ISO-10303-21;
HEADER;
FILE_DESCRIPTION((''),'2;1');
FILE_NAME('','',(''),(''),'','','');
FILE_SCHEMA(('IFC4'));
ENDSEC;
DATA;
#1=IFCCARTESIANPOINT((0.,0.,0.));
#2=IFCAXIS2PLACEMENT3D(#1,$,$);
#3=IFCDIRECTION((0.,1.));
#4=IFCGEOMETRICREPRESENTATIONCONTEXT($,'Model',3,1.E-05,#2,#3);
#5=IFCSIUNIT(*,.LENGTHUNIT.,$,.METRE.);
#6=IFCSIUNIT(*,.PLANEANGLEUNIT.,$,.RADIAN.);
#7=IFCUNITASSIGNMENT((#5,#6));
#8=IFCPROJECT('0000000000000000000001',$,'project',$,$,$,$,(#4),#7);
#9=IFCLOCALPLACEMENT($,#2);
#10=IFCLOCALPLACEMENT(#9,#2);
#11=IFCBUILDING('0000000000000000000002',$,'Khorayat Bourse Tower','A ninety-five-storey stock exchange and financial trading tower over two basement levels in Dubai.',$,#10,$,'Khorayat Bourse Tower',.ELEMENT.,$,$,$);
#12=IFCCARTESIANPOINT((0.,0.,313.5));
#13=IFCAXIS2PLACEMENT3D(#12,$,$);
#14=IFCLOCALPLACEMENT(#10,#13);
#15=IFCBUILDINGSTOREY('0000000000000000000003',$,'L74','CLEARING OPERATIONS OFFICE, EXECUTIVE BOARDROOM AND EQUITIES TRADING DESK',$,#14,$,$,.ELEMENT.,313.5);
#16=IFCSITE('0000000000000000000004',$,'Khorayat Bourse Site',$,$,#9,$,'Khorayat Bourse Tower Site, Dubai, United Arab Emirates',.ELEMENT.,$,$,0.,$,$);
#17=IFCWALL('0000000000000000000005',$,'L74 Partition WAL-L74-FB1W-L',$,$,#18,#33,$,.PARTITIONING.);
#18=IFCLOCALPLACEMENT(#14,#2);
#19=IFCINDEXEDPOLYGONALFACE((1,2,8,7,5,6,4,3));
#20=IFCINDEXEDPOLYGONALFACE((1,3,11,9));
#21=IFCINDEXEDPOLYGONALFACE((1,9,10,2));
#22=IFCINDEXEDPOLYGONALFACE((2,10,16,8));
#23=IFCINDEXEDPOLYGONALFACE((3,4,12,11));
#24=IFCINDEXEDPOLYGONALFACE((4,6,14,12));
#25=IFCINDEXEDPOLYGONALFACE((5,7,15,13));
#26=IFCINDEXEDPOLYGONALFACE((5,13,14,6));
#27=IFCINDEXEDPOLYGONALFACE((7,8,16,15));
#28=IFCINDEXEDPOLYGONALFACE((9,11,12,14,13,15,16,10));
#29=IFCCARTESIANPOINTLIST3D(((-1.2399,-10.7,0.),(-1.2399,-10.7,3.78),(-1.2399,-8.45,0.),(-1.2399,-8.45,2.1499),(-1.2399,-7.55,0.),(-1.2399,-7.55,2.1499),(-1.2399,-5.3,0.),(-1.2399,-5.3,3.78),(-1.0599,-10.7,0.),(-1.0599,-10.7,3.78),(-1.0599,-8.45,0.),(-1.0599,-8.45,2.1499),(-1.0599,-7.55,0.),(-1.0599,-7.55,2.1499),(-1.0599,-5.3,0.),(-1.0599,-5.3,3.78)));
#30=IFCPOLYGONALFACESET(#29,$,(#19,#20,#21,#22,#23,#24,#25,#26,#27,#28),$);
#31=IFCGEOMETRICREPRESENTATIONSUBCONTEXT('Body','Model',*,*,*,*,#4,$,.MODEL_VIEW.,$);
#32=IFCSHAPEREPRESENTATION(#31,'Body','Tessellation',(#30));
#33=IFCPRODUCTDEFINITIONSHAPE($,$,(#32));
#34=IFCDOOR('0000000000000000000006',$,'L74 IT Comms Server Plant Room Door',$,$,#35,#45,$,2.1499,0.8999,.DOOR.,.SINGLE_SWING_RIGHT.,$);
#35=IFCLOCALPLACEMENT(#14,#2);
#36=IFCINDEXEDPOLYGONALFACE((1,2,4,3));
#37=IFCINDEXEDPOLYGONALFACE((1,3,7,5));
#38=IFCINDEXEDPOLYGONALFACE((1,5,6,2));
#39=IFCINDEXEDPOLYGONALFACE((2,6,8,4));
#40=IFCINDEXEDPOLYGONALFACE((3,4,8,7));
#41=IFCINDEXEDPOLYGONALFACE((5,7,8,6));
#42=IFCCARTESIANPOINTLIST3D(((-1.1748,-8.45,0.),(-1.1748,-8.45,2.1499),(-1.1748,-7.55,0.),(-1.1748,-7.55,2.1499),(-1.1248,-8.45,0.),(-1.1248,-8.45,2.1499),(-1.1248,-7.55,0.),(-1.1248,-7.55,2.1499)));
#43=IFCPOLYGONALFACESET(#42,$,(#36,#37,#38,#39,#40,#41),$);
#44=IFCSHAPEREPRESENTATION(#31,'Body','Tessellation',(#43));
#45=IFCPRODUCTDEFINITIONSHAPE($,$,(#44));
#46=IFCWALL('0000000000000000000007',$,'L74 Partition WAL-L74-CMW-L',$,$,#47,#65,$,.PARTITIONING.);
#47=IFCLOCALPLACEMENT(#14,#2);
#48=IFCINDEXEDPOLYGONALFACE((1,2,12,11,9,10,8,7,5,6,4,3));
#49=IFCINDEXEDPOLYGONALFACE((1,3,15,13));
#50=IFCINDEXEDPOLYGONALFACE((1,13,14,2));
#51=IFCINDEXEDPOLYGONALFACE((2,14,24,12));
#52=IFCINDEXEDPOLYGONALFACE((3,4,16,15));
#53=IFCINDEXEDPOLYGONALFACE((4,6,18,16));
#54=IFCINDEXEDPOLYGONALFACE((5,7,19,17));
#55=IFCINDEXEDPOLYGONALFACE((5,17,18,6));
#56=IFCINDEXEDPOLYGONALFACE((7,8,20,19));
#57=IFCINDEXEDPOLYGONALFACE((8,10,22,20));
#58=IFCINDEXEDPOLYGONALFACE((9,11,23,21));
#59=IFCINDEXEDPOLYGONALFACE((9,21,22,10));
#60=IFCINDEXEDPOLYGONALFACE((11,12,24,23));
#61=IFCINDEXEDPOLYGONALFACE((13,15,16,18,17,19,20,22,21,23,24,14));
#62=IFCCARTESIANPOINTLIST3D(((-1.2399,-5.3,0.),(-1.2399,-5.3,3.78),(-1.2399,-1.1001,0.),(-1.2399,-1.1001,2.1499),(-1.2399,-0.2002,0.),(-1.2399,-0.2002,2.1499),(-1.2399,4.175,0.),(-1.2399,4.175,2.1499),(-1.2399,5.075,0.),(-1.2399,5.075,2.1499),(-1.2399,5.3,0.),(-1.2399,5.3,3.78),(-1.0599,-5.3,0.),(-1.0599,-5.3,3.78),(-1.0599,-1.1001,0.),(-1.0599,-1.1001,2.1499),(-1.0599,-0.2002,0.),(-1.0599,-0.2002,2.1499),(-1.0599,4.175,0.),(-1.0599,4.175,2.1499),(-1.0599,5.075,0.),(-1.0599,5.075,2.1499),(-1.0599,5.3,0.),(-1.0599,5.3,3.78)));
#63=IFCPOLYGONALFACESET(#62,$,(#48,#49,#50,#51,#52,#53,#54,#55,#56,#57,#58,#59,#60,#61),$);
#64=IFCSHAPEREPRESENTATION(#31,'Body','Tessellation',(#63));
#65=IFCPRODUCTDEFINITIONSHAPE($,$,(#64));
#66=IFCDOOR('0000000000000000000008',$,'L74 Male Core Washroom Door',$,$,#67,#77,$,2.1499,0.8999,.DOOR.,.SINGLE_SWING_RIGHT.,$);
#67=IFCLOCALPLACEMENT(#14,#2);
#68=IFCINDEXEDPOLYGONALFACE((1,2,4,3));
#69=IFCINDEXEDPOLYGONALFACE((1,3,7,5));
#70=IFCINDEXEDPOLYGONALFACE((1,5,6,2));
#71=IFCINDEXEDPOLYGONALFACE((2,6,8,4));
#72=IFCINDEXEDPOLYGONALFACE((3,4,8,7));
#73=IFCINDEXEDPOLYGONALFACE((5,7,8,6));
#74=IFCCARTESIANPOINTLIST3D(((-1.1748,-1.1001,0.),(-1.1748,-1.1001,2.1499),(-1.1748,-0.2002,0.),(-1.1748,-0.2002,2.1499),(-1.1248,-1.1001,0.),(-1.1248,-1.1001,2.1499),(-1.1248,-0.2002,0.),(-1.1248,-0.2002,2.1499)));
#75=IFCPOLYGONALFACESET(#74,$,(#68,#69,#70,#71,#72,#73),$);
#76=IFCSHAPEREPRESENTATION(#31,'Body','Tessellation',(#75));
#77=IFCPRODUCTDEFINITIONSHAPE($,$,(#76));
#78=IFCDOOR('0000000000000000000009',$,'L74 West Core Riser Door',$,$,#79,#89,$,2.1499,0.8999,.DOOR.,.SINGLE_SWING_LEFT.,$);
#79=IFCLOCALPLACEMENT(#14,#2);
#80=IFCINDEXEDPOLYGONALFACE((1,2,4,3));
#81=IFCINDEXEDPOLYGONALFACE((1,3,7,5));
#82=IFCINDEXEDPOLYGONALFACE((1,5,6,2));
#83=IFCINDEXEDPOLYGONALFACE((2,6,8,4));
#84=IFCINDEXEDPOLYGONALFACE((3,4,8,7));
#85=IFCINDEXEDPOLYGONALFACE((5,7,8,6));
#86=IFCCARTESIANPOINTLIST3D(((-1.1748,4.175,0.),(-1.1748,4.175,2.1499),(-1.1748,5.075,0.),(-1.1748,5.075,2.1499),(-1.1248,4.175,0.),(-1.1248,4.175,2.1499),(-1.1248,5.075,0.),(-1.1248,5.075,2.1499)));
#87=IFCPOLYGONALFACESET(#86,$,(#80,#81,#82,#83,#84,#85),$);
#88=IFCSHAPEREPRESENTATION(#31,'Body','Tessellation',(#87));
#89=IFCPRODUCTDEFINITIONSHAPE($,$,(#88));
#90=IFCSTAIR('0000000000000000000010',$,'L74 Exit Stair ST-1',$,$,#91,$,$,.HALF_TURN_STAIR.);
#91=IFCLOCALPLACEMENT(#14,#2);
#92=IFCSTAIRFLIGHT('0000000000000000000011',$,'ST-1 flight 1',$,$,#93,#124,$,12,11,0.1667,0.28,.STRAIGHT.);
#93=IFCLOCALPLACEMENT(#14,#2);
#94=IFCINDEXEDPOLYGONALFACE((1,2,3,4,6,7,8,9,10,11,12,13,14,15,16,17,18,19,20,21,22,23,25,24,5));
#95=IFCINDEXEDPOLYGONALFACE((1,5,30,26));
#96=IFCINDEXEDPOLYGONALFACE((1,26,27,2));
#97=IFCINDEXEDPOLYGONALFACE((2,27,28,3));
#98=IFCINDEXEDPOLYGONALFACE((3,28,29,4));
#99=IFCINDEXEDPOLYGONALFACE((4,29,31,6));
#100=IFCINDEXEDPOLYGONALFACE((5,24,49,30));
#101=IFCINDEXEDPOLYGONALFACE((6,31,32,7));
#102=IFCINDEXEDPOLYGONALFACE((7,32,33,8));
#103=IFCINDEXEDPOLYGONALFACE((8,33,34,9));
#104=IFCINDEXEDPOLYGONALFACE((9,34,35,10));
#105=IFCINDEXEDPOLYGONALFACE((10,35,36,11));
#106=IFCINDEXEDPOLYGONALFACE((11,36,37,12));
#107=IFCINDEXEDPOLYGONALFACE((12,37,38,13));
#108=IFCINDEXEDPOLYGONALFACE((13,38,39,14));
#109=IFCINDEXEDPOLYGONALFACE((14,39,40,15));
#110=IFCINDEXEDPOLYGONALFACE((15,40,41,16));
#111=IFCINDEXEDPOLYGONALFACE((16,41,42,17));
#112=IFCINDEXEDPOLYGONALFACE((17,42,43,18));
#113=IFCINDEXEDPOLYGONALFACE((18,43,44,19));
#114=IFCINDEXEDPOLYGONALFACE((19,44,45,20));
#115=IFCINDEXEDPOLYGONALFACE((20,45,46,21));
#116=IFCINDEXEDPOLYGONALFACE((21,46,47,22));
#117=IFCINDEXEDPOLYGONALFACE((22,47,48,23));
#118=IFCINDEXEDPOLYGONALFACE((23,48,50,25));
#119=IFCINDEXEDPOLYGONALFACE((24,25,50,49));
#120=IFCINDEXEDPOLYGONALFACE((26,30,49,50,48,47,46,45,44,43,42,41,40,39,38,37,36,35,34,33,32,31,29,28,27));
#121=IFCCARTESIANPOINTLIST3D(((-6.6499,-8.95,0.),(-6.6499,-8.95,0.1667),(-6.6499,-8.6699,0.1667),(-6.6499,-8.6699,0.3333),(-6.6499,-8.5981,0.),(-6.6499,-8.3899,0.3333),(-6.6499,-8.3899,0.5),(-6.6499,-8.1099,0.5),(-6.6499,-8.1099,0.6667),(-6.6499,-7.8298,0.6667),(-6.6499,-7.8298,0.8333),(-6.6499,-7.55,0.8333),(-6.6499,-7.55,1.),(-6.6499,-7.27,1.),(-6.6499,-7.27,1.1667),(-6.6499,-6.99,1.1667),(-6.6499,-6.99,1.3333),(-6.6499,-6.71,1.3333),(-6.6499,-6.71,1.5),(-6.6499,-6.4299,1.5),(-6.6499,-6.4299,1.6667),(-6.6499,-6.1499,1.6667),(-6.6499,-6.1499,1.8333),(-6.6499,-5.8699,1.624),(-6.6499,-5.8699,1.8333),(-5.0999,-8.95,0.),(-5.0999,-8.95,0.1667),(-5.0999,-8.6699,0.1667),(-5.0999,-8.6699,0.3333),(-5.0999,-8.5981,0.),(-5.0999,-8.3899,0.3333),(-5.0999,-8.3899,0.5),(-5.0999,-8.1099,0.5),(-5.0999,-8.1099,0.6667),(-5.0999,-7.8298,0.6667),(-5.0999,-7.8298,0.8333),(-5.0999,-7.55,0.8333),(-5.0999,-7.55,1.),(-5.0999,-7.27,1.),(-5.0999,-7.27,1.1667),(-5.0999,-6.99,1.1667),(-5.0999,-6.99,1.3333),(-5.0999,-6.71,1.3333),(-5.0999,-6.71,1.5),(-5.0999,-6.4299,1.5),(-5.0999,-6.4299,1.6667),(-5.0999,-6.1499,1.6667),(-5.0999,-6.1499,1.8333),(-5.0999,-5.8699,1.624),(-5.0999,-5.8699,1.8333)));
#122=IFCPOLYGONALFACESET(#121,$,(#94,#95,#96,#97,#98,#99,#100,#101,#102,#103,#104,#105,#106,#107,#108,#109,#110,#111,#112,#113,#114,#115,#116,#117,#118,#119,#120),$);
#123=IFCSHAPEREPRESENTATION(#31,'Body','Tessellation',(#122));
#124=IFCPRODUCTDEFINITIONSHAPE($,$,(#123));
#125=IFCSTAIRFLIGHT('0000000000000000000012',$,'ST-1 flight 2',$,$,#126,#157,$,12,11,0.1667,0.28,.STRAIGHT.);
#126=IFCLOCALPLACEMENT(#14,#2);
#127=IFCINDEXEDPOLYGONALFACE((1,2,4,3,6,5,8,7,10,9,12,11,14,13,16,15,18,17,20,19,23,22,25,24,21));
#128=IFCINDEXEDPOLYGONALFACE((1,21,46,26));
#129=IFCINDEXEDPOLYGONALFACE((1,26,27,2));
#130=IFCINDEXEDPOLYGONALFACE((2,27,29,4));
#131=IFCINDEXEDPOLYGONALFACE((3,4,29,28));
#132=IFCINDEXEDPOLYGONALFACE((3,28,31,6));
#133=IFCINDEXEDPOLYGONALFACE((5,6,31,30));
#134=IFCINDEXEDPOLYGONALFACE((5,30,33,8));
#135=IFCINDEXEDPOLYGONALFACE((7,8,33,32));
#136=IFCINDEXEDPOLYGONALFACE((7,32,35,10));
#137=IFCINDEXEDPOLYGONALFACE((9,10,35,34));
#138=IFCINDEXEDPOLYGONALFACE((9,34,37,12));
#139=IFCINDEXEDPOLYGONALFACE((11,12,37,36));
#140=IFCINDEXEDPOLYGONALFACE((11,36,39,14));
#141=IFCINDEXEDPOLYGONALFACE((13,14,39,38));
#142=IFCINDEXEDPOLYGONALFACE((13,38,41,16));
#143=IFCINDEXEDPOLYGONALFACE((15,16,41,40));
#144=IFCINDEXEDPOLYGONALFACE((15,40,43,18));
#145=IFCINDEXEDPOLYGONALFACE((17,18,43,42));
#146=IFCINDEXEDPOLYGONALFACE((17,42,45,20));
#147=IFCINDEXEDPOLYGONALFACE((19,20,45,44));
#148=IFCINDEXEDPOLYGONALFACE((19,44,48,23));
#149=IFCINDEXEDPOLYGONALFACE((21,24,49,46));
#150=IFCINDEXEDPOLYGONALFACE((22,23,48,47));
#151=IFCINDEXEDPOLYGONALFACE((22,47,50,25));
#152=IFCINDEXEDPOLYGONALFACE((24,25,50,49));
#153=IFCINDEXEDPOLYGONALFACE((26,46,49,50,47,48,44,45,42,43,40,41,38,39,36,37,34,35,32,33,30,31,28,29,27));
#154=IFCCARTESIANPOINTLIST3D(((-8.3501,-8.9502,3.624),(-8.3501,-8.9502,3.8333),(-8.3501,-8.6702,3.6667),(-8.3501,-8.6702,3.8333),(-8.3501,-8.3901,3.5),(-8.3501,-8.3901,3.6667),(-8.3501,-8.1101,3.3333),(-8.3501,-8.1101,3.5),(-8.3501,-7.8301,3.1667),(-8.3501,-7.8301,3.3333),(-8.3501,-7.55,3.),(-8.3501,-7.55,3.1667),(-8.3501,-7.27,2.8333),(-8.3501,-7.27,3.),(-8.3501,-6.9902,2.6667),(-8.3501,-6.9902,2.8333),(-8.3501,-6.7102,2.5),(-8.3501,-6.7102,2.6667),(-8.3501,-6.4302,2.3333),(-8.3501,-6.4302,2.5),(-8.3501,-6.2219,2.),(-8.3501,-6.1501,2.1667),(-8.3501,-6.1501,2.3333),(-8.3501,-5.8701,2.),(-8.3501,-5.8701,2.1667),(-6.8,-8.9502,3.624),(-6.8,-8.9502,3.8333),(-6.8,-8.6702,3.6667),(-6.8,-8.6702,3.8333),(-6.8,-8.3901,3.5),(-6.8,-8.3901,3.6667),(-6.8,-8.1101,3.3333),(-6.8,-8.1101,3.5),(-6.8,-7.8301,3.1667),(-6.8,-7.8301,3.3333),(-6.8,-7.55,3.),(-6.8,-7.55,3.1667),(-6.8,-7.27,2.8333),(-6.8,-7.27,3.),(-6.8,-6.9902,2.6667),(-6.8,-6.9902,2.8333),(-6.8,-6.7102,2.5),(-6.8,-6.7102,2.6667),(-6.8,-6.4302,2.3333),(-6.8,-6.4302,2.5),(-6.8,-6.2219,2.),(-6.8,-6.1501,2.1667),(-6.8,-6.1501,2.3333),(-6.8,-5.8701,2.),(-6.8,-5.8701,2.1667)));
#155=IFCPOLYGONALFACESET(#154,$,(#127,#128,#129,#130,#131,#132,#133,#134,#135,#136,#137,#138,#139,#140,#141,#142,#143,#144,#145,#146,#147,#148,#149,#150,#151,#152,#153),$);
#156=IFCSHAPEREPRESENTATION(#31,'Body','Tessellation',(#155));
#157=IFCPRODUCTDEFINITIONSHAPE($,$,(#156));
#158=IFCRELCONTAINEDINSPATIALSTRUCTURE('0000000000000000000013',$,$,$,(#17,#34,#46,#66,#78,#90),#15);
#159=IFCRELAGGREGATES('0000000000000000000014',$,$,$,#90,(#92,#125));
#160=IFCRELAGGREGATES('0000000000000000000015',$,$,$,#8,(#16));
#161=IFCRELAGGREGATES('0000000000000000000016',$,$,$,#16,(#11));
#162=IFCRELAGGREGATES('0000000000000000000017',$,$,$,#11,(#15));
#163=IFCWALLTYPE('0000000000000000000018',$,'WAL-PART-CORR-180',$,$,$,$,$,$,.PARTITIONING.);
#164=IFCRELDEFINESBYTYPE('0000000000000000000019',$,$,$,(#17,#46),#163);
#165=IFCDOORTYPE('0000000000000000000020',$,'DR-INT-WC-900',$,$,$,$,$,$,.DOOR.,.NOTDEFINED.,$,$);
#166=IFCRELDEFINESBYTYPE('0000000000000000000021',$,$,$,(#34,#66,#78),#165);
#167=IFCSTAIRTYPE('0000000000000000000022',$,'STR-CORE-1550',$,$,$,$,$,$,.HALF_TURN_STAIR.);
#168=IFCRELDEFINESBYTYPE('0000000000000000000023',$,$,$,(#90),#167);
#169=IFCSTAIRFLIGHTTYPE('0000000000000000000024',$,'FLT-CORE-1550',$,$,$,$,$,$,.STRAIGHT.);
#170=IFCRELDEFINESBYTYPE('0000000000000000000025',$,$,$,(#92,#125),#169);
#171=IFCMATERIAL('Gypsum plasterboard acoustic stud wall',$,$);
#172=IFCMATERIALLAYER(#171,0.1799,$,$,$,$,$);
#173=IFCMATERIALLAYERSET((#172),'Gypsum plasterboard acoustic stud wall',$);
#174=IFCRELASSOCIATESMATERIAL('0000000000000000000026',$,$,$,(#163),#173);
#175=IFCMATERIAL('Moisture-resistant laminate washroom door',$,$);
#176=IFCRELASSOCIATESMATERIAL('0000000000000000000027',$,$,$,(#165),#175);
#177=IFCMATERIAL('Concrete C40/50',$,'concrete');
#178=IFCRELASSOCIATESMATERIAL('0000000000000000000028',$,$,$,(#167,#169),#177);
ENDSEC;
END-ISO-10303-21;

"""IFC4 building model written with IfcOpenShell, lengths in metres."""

from ifc_helpers import new_model, si_unit, direction, frame, frame_2d, origin, place, context, subcontext, project, spatial, polyline, rectangle, outline, extrude, source, transform, mapped, material, layer, layer_set, type_object, element, fill, aggregate, save


model = new_model("IFC4")

# Units and contexts
model_context = context("Model", 3, precision=1e-05, world=origin(), true_north=direction((0.0, 1.0)))
body_context = subcontext(model_context, "Body", "Model", "MODEL_VIEW")
ifc_project = project(units=[si_unit("LENGTHUNIT", "METRE"), si_unit("PLANEANGLEUNIT", "RADIAN")], contexts=[model_context])

# Site, building, storey
site_placement = place(None, origin())
site = spatial("IfcSite", under=ifc_project, at=site_placement, Name="Khorayat Bourse Site", LongName="Khorayat Bourse Tower Site, Dubai, United Arab Emirates", CompositionType="ELEMENT", RefElevation=0.0)
building_placement = place(site_placement, origin())
building = spatial("IfcBuilding", under=site, at=building_placement, Name="Khorayat Bourse Tower", Description="A ninety-five-storey stock exchange and financial trading tower over two basement levels in Dubai.", LongName="Khorayat Bourse Tower", CompositionType="ELEMENT")
storey_placement = place(building_placement, frame((0.0, 0.0, 313.5)))
storey = spatial("IfcBuildingStorey", under=building, at=storey_placement, Name="L74", Description="CLEARING OPERATIONS OFFICE, EXECUTIVE BOARDROOM AND EQUITIES TRADING DESK", CompositionType="ELEMENT", Elevation=313.5)

# Shared definitions
ifc_material_1 = material(Name="Gypsum plasterboard acoustic stud wall")
ifc_layer_1 = layer(ifc_material_1, 0.1799)
ifc_layer_set_1 = layer_set([ifc_layer_1], Name="Gypsum plasterboard acoustic stud wall")
wall_type_1 = type_object("IfcWallType", Name="WAL-PART-CORR-180", PredefinedType="PARTITIONING", material=ifc_layer_set_1)

# Wall, opening, door
shared_shape_1 = source(origin(), body_context, "Body", "SweptSolid", [
    extrude(rectangle(XDim=5.3999, YDim=0.1799, at=frame_2d((2.7, 0.0))), origin(), (0.0, 0.0, 1.0), 3.78),
])
wall_1_placement = place(storey_placement, frame((-1.1499, -10.7, 0.0), z_axis=(0.0, 0.0, 1.0), x_axis=(0.0, 1.0, 0.0)))
wall_1 = element("IfcWall", 1, at=wall_1_placement, inside=storey, type_object=wall_type_1, Name="L74 Partition WAL-L74-FB1W-L", PredefinedType="PARTITIONING", context=body_context, shape_type="MappedRepresentation", body=[
    mapped(shared_shape_1, transform((0.0, 0.0, 0.0), scale=1.0)),
])
shared_shape_2 = source(origin(), body_context, "Body", "SweptSolid", [
    extrude(rectangle(XDim=0.8999, YDim=2.1499, at=frame_2d((0.45, 1.075))), frame((0.0, 0.0999, 0.0), z_axis=(0.0, -1.0, 0.0), x_axis=(1.0, 0.0, 0.0)), (0.0, 0.0, 1.0), 0.2),
])
opening_1_placement = place(wall_1_placement, frame((2.25, 0.0, 0.0)))
opening_1 = element("IfcOpeningElement", 2, at=opening_1_placement, cuts=wall_1, PredefinedType="OPENING", context=body_context, shape_type="MappedRepresentation", body=[
    mapped(shared_shape_2, transform((0.0, 0.0, 0.0), scale=1.0)),
])
ifc_material_2 = material(Name="Moisture-resistant laminate washroom door")
door_type_1 = type_object("IfcDoorType", Name="DR-INT-WC-900", OperationType="NOTDEFINED", PredefinedType="DOOR", material=ifc_material_2)
shared_shape_3 = source(origin(), body_context, "Body", "SweptSolid", [
    extrude(rectangle(XDim=0.8999, YDim=2.1499, at=frame_2d((0.45, 1.075))), frame((0.0, 0.0249, 0.0), z_axis=(0.0, -1.0, 0.0), x_axis=(1.0, 0.0, 0.0)), (0.0, 0.0, 1.0), 0.05),
])
door_1_placement = place(opening_1_placement, origin())
door_1 = element("IfcDoor", 3, at=door_1_placement, inside=storey, type_object=door_type_1, Name="L74 IT Comms Server Plant Room Door", OperationType="SINGLE_SWING_RIGHT", OverallHeight=2.1499, OverallWidth=0.8999, PredefinedType="DOOR", context=body_context, shape_type="MappedRepresentation", body=[
    mapped(shared_shape_3, transform((0.0, 0.0, 0.0), scale=1.0)),
])
fill(opening_1, door_1)

# Wall, openings, doors
shared_shape_4 = source(origin(), body_context, "Body", "SweptSolid", [
    extrude(rectangle(XDim=10.6001, YDim=0.1799, at=frame_2d((5.3, 0.0))), origin(), (0.0, 0.0, 1.0), 3.78),
])
wall_2_placement = place(storey_placement, frame((-1.1499, -5.3, 0.0), z_axis=(0.0, 0.0, 1.0), x_axis=(0.0, 1.0, 0.0)))
wall_2 = element("IfcWall", 4, at=wall_2_placement, inside=storey, type_object=wall_type_1, Name="L74 Partition WAL-L74-CMW-L", PredefinedType="PARTITIONING", context=body_context, shape_type="MappedRepresentation", body=[
    mapped(shared_shape_4, transform((0.0, 0.0, 0.0), scale=1.0)),
])
opening_2_placement = place(wall_2_placement, frame((4.2, 0.0, 0.0)))
opening_2 = element("IfcOpeningElement", 5, at=opening_2_placement, cuts=wall_2, PredefinedType="OPENING", context=body_context, shape_type="MappedRepresentation", body=[
    mapped(shared_shape_2, transform((0.0, 0.0, 0.0), scale=1.0)),
])
opening_3_placement = place(wall_2_placement, frame((9.4751, 0.0, 0.0)))
opening_3 = element("IfcOpeningElement", 6, at=opening_3_placement, cuts=wall_2, PredefinedType="OPENING", context=body_context, shape_type="MappedRepresentation", body=[
    mapped(shared_shape_2, transform((0.0, 0.0, 0.0), scale=1.0)),
])
door_2_placement = place(opening_2_placement, origin())
door_2 = element("IfcDoor", 7, at=door_2_placement, inside=storey, type_object=door_type_1, Name="L74 Male Core Washroom Door", OperationType="SINGLE_SWING_RIGHT", OverallHeight=2.1499, OverallWidth=0.8999, PredefinedType="DOOR", context=body_context, shape_type="MappedRepresentation", body=[
    mapped(shared_shape_3, transform((0.0, 0.0, 0.0), scale=1.0)),
])
fill(opening_2, door_2)
door_3_placement = place(opening_3_placement, origin())
door_3 = element("IfcDoor", 8, at=door_3_placement, inside=storey, type_object=door_type_1, Name="L74 West Core Riser Door", OperationType="SINGLE_SWING_LEFT", OverallHeight=2.1499, OverallWidth=0.8999, PredefinedType="DOOR", context=body_context, shape_type="MappedRepresentation", body=[
    mapped(shared_shape_3, transform((0.0, 0.0, 0.0), scale=1.0)),
])
fill(opening_3, door_3)

# Stair, stair flights
ifc_material_3 = material(Name="Concrete C40/50", Category="concrete")
stair_type = type_object("IfcStairType", Name="STR-CORE-1550", PredefinedType="HALF_TURN_STAIR", material=ifc_material_3)
stair_placement = place(storey_placement, origin())
stair = element("IfcStair", 9, at=stair_placement, inside=storey, type_object=stair_type, Name="L74 Exit Stair ST-1", PredefinedType="HALF_TURN_STAIR")
stair_flight_type = type_object("IfcStairFlightType", Name="FLT-CORE-1550", PredefinedType="STRAIGHT", material=ifc_material_3)
shared_shape_5 = source(origin(), body_context, "Body", "SweptSolid", [
    extrude(outline(polyline([(0.0, 0.0), (0.0, 0.1667), (0.28, 0.1667), (0.28, 0.3333), (0.5601, 0.3333), (0.5601, 0.5), (0.8401, 0.5), (0.8401, 0.6667), (1.1201, 0.6667), (1.1201, 0.8333), (1.3999, 0.8333), (1.3999, 1.0), (1.6799, 1.0), (1.6799, 1.1667), (1.96, 1.1667), (1.96, 1.3333), (2.24, 1.3333), (2.24, 1.5), (2.52, 1.5), (2.52, 1.6667), (2.8, 1.6667), (2.8, 1.8333), (3.0801, 1.8333), (3.0801, 2.0), (3.0801, 1.624), (0.3518, 0.0), (0.0, 0.0)])), frame((0.0, 0.7749, 0.0), z_axis=(0.0, -1.0, 0.0), x_axis=(1.0, 0.0, 0.0)), (0.0, 0.0, 1.0), 1.55),
])
stair_flight_1_placement = place(storey_placement, frame((-5.875, -8.95, 0.0), z_axis=(0.0, 0.0, 1.0), x_axis=(0.0, 1.0, 0.0)))
stair_flight_1 = element("IfcStairFlight", 10, at=stair_flight_1_placement, type_object=stair_flight_type, Name="ST-1 flight 1", NumberOfRisers=12, NumberOfTreads=11, PredefinedType="STRAIGHT", RiserHeight=0.1667, TreadLength=0.28, context=body_context, shape_type="MappedRepresentation", body=[
    mapped(shared_shape_5, transform((0.0, 0.0, 0.0), scale=1.0)),
])
stair_flight_2_placement = place(storey_placement, frame((-7.575, -5.8701, 2.0), z_axis=(0.0, 0.0, 1.0), x_axis=(0.0, -1.0, 0.0)))
stair_flight_2 = element("IfcStairFlight", 11, at=stair_flight_2_placement, type_object=stair_flight_type, Name="ST-1 flight 2", NumberOfRisers=12, NumberOfTreads=11, PredefinedType="STRAIGHT", RiserHeight=0.1667, TreadLength=0.28, context=body_context, shape_type="MappedRepresentation", body=[
    mapped(shared_shape_5, transform((0.0, 0.0, 0.0), scale=1.0)),
])
aggregate(stair, [stair_flight_1, stair_flight_2])

save(model, "model.ifc")
